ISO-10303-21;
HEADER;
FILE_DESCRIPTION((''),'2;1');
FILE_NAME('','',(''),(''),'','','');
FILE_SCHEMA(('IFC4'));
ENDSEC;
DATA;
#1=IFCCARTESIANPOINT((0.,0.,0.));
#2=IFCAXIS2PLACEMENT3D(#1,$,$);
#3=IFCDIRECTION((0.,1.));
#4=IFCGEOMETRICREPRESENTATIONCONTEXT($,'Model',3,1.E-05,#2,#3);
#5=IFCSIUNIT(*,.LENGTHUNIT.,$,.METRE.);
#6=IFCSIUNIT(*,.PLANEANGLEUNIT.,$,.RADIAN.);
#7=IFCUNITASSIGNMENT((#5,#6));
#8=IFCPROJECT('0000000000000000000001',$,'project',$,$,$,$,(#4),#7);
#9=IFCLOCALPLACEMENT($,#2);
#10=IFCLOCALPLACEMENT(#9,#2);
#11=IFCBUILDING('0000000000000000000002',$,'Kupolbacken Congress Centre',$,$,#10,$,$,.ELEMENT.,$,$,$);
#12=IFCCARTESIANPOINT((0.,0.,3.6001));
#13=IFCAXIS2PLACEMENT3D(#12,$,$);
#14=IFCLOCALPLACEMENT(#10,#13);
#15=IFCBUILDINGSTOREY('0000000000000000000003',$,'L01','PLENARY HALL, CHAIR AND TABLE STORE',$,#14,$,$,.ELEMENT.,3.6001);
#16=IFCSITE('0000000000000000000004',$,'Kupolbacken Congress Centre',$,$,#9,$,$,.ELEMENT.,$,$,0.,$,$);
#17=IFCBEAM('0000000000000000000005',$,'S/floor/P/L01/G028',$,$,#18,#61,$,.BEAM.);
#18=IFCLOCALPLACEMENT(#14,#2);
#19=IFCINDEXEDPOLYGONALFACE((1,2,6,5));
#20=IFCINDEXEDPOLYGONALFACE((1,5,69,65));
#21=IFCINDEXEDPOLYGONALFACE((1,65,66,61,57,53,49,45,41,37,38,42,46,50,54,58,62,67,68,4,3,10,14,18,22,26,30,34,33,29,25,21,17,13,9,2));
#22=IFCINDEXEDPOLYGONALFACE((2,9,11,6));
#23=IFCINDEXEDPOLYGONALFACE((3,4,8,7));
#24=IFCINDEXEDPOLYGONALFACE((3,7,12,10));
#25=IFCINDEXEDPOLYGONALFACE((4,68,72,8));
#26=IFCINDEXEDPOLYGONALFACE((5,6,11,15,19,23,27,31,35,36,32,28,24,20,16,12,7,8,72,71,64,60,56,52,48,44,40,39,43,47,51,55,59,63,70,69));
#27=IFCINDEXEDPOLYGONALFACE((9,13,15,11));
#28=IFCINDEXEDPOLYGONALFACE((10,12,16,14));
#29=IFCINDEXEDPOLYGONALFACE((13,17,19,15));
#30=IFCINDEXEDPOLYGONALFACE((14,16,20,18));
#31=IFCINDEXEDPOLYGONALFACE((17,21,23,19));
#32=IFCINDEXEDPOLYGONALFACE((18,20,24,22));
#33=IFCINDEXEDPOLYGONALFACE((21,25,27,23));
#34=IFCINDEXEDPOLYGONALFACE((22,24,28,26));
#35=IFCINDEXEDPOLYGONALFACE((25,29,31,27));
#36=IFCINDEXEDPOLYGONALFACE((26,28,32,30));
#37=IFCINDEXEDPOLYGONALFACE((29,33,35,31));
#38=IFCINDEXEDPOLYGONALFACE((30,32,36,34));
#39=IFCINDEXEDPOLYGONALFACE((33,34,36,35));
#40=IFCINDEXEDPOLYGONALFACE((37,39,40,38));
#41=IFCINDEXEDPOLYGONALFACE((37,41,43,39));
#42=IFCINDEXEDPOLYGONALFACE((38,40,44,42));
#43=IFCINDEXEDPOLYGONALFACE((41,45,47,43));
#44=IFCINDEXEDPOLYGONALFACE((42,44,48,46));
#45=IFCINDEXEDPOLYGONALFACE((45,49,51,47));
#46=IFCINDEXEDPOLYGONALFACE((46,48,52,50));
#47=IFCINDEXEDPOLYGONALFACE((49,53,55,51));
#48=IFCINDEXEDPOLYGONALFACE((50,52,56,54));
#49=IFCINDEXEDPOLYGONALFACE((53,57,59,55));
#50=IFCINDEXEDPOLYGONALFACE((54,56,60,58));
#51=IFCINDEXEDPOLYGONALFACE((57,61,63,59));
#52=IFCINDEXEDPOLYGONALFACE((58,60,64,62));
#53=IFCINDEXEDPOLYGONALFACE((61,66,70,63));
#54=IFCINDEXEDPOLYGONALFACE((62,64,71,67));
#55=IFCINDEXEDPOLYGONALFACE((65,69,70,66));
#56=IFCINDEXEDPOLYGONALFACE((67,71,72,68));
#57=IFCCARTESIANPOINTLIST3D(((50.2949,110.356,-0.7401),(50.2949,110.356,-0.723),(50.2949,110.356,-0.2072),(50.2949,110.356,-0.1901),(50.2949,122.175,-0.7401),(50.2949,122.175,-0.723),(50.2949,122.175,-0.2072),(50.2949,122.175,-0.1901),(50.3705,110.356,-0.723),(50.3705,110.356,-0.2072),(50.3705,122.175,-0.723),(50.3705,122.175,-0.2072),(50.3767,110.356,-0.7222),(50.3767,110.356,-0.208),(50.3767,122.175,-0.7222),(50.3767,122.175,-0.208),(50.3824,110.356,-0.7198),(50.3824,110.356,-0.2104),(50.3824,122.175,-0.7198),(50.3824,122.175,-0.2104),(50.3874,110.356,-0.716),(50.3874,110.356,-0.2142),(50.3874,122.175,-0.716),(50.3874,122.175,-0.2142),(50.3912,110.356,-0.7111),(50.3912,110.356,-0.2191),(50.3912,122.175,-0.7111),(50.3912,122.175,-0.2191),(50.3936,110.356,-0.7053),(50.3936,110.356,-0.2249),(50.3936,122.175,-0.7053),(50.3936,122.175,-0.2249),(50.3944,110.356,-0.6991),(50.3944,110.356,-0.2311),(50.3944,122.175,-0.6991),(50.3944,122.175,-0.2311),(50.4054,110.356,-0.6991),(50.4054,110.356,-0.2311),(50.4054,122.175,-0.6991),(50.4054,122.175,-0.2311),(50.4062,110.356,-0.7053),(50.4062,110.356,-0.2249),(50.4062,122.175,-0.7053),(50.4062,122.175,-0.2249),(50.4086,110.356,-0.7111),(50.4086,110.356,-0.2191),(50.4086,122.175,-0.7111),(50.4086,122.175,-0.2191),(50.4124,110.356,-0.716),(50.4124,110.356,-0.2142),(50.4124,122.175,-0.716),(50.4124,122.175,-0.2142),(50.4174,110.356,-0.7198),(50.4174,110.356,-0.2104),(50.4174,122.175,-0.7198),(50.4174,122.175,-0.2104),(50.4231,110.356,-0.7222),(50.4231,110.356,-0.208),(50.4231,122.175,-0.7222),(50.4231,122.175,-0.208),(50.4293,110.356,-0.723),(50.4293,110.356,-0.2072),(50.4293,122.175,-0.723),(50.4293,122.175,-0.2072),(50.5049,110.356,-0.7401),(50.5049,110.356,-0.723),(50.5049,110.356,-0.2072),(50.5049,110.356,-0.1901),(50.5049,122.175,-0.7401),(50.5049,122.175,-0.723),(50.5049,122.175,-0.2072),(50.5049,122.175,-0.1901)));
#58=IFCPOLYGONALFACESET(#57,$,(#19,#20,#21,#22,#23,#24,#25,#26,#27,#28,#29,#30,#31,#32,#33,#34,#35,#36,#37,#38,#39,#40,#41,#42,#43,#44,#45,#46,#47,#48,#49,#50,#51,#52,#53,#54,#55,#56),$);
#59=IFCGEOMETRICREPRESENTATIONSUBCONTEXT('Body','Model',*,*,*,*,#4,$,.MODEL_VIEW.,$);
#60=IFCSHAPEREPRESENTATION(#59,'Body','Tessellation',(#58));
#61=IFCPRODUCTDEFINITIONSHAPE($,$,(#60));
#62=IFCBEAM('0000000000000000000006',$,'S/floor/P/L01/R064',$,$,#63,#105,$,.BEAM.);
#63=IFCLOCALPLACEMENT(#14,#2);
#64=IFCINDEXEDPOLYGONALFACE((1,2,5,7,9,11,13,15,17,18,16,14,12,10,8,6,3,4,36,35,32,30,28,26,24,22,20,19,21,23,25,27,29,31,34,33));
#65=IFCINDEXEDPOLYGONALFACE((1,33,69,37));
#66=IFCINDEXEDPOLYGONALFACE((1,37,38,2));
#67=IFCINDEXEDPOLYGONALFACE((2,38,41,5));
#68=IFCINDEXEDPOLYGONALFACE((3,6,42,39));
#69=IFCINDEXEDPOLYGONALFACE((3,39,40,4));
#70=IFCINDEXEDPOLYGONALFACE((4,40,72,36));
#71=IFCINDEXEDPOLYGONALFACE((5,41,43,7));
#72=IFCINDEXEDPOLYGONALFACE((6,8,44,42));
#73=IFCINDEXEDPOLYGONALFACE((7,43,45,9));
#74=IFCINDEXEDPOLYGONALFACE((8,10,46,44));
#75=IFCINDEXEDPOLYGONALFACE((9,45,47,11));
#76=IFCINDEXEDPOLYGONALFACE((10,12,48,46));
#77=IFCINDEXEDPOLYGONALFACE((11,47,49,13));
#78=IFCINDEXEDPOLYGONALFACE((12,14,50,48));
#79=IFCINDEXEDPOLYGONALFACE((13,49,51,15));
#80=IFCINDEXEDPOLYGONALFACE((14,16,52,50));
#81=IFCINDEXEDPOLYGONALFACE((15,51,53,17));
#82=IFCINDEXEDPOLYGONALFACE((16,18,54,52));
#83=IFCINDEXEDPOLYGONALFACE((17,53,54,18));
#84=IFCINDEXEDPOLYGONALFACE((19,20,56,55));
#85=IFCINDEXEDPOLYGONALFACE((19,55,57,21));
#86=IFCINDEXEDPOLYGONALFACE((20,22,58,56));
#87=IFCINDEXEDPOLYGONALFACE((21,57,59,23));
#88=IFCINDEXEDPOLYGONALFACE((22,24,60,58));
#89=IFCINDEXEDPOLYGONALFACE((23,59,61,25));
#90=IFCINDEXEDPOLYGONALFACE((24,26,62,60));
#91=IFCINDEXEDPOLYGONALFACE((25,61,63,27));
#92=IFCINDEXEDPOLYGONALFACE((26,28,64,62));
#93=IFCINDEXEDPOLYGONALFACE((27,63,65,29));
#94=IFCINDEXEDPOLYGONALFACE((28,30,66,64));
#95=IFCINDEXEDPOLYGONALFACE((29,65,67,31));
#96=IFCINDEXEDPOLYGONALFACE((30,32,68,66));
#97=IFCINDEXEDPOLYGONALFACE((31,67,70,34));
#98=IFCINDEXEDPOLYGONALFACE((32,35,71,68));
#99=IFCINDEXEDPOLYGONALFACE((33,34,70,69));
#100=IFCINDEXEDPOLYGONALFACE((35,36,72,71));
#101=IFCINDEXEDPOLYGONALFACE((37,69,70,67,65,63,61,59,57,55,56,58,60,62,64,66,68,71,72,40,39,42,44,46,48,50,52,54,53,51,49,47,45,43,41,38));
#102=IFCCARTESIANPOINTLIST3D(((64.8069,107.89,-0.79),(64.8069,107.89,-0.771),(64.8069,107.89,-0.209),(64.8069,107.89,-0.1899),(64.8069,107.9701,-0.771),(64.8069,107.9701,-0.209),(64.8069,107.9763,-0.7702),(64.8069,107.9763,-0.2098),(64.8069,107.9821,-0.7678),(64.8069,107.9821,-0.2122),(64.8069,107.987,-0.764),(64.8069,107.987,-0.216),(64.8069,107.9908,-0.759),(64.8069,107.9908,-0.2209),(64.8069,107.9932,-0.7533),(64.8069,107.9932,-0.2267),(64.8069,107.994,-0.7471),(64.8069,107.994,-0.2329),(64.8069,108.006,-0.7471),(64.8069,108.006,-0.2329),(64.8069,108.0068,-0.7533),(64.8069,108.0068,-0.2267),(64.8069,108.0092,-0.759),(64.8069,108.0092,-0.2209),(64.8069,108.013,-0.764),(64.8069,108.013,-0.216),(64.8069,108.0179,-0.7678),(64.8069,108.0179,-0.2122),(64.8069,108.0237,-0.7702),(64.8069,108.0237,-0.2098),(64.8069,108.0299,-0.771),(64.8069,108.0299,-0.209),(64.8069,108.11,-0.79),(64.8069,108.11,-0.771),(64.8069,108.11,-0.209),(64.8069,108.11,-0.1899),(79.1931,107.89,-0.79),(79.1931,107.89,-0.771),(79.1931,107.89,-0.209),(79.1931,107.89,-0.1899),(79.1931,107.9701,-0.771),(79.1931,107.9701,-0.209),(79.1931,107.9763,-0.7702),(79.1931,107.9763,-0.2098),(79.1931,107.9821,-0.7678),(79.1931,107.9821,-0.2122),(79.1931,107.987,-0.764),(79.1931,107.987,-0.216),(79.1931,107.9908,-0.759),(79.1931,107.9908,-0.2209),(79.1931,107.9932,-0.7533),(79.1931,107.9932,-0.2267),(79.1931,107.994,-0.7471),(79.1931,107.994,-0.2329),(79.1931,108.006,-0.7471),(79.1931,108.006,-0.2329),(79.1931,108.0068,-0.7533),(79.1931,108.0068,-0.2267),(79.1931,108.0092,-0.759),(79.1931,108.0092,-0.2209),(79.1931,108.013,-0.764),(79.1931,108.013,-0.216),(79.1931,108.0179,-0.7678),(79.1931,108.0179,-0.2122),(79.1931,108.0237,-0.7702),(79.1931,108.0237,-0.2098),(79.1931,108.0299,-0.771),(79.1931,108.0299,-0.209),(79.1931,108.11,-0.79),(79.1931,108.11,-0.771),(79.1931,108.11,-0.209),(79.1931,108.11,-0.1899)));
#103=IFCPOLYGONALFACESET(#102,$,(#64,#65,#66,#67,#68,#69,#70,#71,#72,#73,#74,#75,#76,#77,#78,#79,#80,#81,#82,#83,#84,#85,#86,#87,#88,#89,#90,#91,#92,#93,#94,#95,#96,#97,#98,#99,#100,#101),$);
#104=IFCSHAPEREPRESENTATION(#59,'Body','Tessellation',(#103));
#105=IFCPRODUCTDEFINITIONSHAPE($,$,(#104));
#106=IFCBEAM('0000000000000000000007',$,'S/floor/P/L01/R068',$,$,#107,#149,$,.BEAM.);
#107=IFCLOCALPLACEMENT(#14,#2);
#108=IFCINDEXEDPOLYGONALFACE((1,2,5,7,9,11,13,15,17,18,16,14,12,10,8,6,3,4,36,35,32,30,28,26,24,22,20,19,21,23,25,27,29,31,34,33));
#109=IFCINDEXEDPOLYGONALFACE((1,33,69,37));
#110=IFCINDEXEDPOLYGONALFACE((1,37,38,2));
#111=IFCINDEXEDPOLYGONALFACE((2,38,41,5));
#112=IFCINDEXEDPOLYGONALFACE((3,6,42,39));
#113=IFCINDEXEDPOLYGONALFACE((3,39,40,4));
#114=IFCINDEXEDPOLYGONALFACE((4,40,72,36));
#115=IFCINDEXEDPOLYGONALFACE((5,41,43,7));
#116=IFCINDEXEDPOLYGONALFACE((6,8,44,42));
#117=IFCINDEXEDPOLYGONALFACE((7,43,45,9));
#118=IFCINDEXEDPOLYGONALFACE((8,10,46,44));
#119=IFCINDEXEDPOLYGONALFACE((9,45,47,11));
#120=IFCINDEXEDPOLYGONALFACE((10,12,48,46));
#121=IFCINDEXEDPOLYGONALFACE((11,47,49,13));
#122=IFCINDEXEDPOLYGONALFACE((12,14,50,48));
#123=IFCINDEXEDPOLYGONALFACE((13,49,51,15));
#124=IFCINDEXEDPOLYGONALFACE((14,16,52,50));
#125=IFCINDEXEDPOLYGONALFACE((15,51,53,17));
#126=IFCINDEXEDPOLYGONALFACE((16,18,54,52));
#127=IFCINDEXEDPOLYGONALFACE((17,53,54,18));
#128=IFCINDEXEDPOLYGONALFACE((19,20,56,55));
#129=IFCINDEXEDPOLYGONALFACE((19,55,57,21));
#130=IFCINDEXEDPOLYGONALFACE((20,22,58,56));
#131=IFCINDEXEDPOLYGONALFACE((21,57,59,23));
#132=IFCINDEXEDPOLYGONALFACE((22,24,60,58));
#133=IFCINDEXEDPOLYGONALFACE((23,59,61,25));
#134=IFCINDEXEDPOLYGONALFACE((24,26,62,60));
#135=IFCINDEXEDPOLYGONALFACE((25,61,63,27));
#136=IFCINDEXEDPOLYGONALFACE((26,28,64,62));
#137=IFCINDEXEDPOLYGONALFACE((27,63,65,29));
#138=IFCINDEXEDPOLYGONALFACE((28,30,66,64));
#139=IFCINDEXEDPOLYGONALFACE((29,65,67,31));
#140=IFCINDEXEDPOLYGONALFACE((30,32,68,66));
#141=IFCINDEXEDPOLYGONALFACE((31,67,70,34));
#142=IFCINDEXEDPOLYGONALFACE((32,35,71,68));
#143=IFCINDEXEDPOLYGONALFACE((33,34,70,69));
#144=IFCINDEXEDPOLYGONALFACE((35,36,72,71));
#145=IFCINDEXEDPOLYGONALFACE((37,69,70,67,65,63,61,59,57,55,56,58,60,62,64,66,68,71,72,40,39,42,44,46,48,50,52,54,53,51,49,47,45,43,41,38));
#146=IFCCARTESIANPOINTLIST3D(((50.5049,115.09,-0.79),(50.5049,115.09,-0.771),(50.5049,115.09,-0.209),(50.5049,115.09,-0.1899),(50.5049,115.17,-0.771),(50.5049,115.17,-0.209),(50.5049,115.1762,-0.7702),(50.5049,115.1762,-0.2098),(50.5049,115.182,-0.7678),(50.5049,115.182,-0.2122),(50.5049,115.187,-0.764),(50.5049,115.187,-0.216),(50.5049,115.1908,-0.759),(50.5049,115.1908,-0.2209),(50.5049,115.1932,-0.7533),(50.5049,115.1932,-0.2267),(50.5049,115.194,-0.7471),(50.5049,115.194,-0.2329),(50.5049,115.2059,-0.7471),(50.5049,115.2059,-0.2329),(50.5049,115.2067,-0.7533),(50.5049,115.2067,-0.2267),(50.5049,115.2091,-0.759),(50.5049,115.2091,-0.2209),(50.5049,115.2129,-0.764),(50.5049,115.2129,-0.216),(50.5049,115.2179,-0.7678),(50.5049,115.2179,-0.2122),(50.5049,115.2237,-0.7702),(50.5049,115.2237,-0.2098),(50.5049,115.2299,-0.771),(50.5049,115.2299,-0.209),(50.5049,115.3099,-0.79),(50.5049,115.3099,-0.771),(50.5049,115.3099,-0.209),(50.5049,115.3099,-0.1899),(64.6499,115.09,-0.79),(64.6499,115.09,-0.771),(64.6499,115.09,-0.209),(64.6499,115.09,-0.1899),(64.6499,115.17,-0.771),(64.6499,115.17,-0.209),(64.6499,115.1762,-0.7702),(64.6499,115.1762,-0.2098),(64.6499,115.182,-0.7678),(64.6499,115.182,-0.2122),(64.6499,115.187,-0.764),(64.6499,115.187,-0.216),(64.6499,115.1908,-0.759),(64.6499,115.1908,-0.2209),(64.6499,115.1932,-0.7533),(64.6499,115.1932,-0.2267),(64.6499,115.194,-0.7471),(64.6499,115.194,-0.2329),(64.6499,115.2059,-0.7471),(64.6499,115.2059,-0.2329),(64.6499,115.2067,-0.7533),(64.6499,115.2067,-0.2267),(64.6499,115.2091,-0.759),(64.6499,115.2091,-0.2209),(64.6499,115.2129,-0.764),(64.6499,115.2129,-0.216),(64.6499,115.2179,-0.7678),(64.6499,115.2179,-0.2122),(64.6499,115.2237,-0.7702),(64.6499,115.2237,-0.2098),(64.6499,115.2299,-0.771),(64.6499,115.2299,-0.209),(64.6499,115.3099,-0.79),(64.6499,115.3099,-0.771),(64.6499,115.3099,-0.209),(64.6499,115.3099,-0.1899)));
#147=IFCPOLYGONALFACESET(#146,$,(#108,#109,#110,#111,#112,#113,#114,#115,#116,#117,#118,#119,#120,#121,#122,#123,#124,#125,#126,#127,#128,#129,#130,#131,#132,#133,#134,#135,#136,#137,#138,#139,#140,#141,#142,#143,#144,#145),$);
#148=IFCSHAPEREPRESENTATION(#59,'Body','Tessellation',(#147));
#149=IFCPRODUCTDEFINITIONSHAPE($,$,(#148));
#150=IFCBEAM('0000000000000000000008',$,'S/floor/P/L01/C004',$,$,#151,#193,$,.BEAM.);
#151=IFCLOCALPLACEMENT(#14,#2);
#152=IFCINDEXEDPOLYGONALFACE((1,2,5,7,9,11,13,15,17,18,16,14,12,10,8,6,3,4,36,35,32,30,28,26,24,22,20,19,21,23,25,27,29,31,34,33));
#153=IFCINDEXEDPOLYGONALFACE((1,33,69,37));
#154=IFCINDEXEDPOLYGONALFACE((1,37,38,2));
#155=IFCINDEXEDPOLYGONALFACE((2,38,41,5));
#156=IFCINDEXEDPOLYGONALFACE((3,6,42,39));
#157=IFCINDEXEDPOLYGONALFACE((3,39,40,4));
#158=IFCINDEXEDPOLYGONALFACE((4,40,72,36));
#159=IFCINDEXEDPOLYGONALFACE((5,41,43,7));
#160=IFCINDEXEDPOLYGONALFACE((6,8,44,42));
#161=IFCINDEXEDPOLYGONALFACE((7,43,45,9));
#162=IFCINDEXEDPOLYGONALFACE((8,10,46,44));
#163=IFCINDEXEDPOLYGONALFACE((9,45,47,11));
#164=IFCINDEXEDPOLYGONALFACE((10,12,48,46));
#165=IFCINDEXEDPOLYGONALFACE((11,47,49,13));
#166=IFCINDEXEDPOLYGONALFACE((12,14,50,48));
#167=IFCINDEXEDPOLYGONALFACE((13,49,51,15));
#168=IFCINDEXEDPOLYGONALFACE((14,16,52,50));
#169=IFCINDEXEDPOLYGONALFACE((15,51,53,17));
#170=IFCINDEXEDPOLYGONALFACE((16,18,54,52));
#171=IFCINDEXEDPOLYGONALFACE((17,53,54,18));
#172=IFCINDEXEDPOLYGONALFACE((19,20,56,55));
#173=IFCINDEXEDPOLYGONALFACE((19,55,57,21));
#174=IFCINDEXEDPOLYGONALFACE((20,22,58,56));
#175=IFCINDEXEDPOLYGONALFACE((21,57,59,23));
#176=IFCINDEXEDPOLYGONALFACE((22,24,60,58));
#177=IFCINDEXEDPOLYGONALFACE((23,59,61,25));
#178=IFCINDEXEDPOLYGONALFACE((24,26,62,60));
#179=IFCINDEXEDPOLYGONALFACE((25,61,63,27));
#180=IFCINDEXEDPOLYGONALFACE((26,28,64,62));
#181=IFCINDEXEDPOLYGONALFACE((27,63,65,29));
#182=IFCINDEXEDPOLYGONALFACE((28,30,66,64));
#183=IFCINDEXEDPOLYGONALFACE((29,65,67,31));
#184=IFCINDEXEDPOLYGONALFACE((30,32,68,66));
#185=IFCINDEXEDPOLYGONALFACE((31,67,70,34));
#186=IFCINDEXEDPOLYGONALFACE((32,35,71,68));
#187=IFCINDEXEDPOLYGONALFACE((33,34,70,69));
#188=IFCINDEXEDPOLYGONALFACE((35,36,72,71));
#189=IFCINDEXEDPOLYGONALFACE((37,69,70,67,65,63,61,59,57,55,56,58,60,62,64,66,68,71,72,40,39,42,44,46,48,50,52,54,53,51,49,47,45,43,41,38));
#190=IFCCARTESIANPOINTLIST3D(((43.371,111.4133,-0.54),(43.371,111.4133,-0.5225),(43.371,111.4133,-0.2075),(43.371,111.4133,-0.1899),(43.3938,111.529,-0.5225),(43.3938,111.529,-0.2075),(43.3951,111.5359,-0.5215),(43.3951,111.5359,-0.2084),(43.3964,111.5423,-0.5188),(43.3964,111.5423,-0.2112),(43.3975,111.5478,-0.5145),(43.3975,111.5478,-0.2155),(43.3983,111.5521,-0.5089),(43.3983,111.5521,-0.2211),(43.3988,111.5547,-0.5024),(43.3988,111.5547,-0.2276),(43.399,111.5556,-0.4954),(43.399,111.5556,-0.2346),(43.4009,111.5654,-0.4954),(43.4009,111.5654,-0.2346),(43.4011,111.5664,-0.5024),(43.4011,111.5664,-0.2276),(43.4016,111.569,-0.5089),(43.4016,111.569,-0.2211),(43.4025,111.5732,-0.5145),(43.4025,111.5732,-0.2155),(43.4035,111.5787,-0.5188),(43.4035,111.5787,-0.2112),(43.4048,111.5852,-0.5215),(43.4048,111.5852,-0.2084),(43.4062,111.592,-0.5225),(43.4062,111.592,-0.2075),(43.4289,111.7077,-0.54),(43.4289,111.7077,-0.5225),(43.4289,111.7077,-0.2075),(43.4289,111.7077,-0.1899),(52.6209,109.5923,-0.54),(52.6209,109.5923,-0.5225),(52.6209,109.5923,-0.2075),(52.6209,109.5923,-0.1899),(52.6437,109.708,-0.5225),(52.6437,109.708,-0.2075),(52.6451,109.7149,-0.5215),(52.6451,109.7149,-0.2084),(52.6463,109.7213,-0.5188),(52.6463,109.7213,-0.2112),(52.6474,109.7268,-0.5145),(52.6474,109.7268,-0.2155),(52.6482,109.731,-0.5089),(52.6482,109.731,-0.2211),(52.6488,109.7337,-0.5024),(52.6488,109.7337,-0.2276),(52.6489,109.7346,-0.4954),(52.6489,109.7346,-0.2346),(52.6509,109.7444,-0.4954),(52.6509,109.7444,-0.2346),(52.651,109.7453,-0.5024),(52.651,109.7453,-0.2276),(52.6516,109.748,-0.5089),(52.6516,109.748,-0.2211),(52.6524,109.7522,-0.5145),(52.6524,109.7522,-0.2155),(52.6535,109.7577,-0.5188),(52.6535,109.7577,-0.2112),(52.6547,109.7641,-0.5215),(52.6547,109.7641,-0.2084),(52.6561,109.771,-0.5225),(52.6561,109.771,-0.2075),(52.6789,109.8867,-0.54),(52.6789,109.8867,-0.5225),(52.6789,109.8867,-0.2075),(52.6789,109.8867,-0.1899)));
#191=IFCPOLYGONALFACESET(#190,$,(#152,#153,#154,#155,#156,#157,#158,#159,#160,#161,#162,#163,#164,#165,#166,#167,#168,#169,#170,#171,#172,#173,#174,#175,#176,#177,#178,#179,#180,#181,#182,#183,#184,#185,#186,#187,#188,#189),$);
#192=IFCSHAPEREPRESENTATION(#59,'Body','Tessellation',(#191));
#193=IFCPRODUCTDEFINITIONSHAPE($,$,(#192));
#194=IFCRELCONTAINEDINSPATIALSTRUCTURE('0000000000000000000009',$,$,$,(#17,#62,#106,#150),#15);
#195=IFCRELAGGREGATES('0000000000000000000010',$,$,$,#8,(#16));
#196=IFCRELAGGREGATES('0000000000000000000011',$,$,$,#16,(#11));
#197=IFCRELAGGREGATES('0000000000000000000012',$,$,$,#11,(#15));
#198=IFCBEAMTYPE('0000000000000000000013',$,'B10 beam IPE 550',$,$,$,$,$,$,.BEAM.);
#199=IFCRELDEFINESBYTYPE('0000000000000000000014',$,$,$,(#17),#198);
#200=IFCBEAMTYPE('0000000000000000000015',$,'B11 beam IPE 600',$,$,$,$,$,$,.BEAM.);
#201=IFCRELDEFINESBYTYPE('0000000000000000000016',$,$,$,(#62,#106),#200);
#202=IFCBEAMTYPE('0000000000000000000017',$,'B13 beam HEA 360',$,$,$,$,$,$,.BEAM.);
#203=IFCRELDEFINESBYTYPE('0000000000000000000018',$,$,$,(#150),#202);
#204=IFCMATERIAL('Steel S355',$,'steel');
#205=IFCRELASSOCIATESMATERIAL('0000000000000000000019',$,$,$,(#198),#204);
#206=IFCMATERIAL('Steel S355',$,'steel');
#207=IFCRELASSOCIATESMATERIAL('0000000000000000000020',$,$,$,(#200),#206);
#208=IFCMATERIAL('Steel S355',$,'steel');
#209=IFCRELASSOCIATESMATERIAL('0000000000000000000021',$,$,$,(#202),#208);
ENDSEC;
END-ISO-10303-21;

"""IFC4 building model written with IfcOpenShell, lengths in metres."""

from ifc_helpers import new_model, si_unit, direction, frame, origin, origin_2d, place, context, subcontext, project, spatial, i_section, extrude, material, material_profile, profile_set, type_object, element, save


model = new_model("IFC4")

# Units and contexts
model_context = context("Model", 3, precision=1e-05, world=origin(), true_north=direction((0.0, 1.0)))
body_context = subcontext(model_context, "Body", "Model", "MODEL_VIEW")
ifc_project = project(units=[si_unit("LENGTHUNIT", "METRE"), si_unit("PLANEANGLEUNIT", "RADIAN")], contexts=[model_context])

# Site, building, storey
site_placement = place(None, origin())
site = spatial("IfcSite", under=ifc_project, at=site_placement, Name="Kupolbacken Congress Centre", CompositionType="ELEMENT", RefElevation=0.0)
building_placement = place(site_placement, origin())
building = spatial("IfcBuilding", under=site, at=building_placement, Name="Kupolbacken Congress Centre", CompositionType="ELEMENT")
storey_placement = place(building_placement, frame((0.0, 0.0, 3.6001)))
storey = spatial("IfcBuildingStorey", under=building, at=storey_placement, Name="L01", Description="PLENARY HALL, CHAIR AND TABLE STORE", CompositionType="ELEMENT", Elevation=3.6001)

# Beams
ifc_material_1 = material(Name="Steel S355", Category="steel")
ifc_material_profile_1 = material_profile(ifc_material_1, i_section(OverallWidth=0.21, OverallDepth=0.55, WebThickness=0.011, FlangeThickness=0.0171, FilletRadius=0.0239, at=origin_2d()), Name="IPE 550")
ifc_profile_set_1 = profile_set([ifc_material_profile_1], Name="Steel S355")
beam_type_1 = type_object("IfcBeamType", Name="B10 beam IPE 550", PredefinedType="BEAM", material=ifc_profile_set_1)
beam_1_placement = place(storey_placement, frame((50.3999, 110.356, -0.4651), z_axis=(0.0, 1.0, 0.0), x_axis=(-1.0, 0.0, 0.0)))
element("IfcBeam", 1, at=beam_1_placement, inside=storey, type_object=beam_type_1, Name="S/floor/P/L01/G028", PredefinedType="BEAM", context=body_context, shape_type="SweptSolid", body=[
    extrude(i_section(OverallWidth=0.21, OverallDepth=0.55, WebThickness=0.011, FlangeThickness=0.0171, FilletRadius=0.0239, at=origin_2d()), origin(), (0.0, 0.0, 1.0), 11.8191),
])
ifc_material_2 = material(Name="Steel S355", Category="steel")
ifc_material_profile_2 = material_profile(ifc_material_2, i_section(OverallWidth=0.22, OverallDepth=0.6001, WebThickness=0.012, FlangeThickness=0.019, FilletRadius=0.0239, at=origin_2d()), Name="IPE 600")
ifc_profile_set_2 = profile_set([ifc_material_profile_2], Name="Steel S355")
beam_type_2 = type_object("IfcBeamType", Name="B11 beam IPE 600", PredefinedType="BEAM", material=ifc_profile_set_2)
beam_2_placement = place(storey_placement, frame((64.8069, 108.0, -0.49), z_axis=(1.0, 0.0, 0.0), x_axis=(0.0, 1.0, 0.0)))
element("IfcBeam", 2, at=beam_2_placement, inside=storey, type_object=beam_type_2, Name="S/floor/P/L01/R064", PredefinedType="BEAM", context=body_context, shape_type="SweptSolid", body=[
    extrude(i_section(OverallWidth=0.22, OverallDepth=0.6001, WebThickness=0.012, FlangeThickness=0.019, FilletRadius=0.0239, at=origin_2d()), origin(), (0.0, 0.0, 1.0), 14.3862),
])
beam_3_placement = place(storey_placement, frame((50.5049, 115.2, -0.49), z_axis=(1.0, 0.0, 0.0), x_axis=(0.0, 1.0, 0.0)))
element("IfcBeam", 3, at=beam_3_placement, inside=storey, type_object=beam_type_2, Name="S/floor/P/L01/R068", PredefinedType="BEAM", context=body_context, shape_type="SweptSolid", body=[
    extrude(i_section(OverallWidth=0.22, OverallDepth=0.6001, WebThickness=0.012, FlangeThickness=0.019, FilletRadius=0.0239, at=origin_2d()), origin(), (0.0, 0.0, 1.0), 14.145),
])
ifc_material_3 = material(Name="Steel S355", Category="steel")
ifc_material_profile_3 = material_profile(ifc_material_3, i_section(OverallWidth=0.3, OverallDepth=0.3501, WebThickness=0.01, FlangeThickness=0.0176, FilletRadius=0.0271, at=origin_2d()), Name="HEA 360")
ifc_profile_set_3 = profile_set([ifc_material_profile_3], Name="Steel S355")
beam_type_3 = type_object("IfcBeamType", Name="B13 beam HEA 360", PredefinedType="BEAM", material=ifc_profile_set_3)
beam_4_placement = place(storey_placement, frame((52.6499, 109.7395, -0.365), z_axis=(-0.981167, 0.193162, 0.0), x_axis=(-0.193162, -0.981167, 0.0)))
element("IfcBeam", 4, at=beam_4_placement, inside=storey, type_object=beam_type_3, Name="S/floor/P/L01/C004", PredefinedType="BEAM", context=body_context, shape_type="SweptSolid", body=[
    extrude(i_section(OverallWidth=0.3, OverallDepth=0.3501, WebThickness=0.01, FlangeThickness=0.0176, FilletRadius=0.0271, at=origin_2d()), origin(), (0.0, 0.0, 1.0), 9.4275),
])

save(model, "model.ifc")
